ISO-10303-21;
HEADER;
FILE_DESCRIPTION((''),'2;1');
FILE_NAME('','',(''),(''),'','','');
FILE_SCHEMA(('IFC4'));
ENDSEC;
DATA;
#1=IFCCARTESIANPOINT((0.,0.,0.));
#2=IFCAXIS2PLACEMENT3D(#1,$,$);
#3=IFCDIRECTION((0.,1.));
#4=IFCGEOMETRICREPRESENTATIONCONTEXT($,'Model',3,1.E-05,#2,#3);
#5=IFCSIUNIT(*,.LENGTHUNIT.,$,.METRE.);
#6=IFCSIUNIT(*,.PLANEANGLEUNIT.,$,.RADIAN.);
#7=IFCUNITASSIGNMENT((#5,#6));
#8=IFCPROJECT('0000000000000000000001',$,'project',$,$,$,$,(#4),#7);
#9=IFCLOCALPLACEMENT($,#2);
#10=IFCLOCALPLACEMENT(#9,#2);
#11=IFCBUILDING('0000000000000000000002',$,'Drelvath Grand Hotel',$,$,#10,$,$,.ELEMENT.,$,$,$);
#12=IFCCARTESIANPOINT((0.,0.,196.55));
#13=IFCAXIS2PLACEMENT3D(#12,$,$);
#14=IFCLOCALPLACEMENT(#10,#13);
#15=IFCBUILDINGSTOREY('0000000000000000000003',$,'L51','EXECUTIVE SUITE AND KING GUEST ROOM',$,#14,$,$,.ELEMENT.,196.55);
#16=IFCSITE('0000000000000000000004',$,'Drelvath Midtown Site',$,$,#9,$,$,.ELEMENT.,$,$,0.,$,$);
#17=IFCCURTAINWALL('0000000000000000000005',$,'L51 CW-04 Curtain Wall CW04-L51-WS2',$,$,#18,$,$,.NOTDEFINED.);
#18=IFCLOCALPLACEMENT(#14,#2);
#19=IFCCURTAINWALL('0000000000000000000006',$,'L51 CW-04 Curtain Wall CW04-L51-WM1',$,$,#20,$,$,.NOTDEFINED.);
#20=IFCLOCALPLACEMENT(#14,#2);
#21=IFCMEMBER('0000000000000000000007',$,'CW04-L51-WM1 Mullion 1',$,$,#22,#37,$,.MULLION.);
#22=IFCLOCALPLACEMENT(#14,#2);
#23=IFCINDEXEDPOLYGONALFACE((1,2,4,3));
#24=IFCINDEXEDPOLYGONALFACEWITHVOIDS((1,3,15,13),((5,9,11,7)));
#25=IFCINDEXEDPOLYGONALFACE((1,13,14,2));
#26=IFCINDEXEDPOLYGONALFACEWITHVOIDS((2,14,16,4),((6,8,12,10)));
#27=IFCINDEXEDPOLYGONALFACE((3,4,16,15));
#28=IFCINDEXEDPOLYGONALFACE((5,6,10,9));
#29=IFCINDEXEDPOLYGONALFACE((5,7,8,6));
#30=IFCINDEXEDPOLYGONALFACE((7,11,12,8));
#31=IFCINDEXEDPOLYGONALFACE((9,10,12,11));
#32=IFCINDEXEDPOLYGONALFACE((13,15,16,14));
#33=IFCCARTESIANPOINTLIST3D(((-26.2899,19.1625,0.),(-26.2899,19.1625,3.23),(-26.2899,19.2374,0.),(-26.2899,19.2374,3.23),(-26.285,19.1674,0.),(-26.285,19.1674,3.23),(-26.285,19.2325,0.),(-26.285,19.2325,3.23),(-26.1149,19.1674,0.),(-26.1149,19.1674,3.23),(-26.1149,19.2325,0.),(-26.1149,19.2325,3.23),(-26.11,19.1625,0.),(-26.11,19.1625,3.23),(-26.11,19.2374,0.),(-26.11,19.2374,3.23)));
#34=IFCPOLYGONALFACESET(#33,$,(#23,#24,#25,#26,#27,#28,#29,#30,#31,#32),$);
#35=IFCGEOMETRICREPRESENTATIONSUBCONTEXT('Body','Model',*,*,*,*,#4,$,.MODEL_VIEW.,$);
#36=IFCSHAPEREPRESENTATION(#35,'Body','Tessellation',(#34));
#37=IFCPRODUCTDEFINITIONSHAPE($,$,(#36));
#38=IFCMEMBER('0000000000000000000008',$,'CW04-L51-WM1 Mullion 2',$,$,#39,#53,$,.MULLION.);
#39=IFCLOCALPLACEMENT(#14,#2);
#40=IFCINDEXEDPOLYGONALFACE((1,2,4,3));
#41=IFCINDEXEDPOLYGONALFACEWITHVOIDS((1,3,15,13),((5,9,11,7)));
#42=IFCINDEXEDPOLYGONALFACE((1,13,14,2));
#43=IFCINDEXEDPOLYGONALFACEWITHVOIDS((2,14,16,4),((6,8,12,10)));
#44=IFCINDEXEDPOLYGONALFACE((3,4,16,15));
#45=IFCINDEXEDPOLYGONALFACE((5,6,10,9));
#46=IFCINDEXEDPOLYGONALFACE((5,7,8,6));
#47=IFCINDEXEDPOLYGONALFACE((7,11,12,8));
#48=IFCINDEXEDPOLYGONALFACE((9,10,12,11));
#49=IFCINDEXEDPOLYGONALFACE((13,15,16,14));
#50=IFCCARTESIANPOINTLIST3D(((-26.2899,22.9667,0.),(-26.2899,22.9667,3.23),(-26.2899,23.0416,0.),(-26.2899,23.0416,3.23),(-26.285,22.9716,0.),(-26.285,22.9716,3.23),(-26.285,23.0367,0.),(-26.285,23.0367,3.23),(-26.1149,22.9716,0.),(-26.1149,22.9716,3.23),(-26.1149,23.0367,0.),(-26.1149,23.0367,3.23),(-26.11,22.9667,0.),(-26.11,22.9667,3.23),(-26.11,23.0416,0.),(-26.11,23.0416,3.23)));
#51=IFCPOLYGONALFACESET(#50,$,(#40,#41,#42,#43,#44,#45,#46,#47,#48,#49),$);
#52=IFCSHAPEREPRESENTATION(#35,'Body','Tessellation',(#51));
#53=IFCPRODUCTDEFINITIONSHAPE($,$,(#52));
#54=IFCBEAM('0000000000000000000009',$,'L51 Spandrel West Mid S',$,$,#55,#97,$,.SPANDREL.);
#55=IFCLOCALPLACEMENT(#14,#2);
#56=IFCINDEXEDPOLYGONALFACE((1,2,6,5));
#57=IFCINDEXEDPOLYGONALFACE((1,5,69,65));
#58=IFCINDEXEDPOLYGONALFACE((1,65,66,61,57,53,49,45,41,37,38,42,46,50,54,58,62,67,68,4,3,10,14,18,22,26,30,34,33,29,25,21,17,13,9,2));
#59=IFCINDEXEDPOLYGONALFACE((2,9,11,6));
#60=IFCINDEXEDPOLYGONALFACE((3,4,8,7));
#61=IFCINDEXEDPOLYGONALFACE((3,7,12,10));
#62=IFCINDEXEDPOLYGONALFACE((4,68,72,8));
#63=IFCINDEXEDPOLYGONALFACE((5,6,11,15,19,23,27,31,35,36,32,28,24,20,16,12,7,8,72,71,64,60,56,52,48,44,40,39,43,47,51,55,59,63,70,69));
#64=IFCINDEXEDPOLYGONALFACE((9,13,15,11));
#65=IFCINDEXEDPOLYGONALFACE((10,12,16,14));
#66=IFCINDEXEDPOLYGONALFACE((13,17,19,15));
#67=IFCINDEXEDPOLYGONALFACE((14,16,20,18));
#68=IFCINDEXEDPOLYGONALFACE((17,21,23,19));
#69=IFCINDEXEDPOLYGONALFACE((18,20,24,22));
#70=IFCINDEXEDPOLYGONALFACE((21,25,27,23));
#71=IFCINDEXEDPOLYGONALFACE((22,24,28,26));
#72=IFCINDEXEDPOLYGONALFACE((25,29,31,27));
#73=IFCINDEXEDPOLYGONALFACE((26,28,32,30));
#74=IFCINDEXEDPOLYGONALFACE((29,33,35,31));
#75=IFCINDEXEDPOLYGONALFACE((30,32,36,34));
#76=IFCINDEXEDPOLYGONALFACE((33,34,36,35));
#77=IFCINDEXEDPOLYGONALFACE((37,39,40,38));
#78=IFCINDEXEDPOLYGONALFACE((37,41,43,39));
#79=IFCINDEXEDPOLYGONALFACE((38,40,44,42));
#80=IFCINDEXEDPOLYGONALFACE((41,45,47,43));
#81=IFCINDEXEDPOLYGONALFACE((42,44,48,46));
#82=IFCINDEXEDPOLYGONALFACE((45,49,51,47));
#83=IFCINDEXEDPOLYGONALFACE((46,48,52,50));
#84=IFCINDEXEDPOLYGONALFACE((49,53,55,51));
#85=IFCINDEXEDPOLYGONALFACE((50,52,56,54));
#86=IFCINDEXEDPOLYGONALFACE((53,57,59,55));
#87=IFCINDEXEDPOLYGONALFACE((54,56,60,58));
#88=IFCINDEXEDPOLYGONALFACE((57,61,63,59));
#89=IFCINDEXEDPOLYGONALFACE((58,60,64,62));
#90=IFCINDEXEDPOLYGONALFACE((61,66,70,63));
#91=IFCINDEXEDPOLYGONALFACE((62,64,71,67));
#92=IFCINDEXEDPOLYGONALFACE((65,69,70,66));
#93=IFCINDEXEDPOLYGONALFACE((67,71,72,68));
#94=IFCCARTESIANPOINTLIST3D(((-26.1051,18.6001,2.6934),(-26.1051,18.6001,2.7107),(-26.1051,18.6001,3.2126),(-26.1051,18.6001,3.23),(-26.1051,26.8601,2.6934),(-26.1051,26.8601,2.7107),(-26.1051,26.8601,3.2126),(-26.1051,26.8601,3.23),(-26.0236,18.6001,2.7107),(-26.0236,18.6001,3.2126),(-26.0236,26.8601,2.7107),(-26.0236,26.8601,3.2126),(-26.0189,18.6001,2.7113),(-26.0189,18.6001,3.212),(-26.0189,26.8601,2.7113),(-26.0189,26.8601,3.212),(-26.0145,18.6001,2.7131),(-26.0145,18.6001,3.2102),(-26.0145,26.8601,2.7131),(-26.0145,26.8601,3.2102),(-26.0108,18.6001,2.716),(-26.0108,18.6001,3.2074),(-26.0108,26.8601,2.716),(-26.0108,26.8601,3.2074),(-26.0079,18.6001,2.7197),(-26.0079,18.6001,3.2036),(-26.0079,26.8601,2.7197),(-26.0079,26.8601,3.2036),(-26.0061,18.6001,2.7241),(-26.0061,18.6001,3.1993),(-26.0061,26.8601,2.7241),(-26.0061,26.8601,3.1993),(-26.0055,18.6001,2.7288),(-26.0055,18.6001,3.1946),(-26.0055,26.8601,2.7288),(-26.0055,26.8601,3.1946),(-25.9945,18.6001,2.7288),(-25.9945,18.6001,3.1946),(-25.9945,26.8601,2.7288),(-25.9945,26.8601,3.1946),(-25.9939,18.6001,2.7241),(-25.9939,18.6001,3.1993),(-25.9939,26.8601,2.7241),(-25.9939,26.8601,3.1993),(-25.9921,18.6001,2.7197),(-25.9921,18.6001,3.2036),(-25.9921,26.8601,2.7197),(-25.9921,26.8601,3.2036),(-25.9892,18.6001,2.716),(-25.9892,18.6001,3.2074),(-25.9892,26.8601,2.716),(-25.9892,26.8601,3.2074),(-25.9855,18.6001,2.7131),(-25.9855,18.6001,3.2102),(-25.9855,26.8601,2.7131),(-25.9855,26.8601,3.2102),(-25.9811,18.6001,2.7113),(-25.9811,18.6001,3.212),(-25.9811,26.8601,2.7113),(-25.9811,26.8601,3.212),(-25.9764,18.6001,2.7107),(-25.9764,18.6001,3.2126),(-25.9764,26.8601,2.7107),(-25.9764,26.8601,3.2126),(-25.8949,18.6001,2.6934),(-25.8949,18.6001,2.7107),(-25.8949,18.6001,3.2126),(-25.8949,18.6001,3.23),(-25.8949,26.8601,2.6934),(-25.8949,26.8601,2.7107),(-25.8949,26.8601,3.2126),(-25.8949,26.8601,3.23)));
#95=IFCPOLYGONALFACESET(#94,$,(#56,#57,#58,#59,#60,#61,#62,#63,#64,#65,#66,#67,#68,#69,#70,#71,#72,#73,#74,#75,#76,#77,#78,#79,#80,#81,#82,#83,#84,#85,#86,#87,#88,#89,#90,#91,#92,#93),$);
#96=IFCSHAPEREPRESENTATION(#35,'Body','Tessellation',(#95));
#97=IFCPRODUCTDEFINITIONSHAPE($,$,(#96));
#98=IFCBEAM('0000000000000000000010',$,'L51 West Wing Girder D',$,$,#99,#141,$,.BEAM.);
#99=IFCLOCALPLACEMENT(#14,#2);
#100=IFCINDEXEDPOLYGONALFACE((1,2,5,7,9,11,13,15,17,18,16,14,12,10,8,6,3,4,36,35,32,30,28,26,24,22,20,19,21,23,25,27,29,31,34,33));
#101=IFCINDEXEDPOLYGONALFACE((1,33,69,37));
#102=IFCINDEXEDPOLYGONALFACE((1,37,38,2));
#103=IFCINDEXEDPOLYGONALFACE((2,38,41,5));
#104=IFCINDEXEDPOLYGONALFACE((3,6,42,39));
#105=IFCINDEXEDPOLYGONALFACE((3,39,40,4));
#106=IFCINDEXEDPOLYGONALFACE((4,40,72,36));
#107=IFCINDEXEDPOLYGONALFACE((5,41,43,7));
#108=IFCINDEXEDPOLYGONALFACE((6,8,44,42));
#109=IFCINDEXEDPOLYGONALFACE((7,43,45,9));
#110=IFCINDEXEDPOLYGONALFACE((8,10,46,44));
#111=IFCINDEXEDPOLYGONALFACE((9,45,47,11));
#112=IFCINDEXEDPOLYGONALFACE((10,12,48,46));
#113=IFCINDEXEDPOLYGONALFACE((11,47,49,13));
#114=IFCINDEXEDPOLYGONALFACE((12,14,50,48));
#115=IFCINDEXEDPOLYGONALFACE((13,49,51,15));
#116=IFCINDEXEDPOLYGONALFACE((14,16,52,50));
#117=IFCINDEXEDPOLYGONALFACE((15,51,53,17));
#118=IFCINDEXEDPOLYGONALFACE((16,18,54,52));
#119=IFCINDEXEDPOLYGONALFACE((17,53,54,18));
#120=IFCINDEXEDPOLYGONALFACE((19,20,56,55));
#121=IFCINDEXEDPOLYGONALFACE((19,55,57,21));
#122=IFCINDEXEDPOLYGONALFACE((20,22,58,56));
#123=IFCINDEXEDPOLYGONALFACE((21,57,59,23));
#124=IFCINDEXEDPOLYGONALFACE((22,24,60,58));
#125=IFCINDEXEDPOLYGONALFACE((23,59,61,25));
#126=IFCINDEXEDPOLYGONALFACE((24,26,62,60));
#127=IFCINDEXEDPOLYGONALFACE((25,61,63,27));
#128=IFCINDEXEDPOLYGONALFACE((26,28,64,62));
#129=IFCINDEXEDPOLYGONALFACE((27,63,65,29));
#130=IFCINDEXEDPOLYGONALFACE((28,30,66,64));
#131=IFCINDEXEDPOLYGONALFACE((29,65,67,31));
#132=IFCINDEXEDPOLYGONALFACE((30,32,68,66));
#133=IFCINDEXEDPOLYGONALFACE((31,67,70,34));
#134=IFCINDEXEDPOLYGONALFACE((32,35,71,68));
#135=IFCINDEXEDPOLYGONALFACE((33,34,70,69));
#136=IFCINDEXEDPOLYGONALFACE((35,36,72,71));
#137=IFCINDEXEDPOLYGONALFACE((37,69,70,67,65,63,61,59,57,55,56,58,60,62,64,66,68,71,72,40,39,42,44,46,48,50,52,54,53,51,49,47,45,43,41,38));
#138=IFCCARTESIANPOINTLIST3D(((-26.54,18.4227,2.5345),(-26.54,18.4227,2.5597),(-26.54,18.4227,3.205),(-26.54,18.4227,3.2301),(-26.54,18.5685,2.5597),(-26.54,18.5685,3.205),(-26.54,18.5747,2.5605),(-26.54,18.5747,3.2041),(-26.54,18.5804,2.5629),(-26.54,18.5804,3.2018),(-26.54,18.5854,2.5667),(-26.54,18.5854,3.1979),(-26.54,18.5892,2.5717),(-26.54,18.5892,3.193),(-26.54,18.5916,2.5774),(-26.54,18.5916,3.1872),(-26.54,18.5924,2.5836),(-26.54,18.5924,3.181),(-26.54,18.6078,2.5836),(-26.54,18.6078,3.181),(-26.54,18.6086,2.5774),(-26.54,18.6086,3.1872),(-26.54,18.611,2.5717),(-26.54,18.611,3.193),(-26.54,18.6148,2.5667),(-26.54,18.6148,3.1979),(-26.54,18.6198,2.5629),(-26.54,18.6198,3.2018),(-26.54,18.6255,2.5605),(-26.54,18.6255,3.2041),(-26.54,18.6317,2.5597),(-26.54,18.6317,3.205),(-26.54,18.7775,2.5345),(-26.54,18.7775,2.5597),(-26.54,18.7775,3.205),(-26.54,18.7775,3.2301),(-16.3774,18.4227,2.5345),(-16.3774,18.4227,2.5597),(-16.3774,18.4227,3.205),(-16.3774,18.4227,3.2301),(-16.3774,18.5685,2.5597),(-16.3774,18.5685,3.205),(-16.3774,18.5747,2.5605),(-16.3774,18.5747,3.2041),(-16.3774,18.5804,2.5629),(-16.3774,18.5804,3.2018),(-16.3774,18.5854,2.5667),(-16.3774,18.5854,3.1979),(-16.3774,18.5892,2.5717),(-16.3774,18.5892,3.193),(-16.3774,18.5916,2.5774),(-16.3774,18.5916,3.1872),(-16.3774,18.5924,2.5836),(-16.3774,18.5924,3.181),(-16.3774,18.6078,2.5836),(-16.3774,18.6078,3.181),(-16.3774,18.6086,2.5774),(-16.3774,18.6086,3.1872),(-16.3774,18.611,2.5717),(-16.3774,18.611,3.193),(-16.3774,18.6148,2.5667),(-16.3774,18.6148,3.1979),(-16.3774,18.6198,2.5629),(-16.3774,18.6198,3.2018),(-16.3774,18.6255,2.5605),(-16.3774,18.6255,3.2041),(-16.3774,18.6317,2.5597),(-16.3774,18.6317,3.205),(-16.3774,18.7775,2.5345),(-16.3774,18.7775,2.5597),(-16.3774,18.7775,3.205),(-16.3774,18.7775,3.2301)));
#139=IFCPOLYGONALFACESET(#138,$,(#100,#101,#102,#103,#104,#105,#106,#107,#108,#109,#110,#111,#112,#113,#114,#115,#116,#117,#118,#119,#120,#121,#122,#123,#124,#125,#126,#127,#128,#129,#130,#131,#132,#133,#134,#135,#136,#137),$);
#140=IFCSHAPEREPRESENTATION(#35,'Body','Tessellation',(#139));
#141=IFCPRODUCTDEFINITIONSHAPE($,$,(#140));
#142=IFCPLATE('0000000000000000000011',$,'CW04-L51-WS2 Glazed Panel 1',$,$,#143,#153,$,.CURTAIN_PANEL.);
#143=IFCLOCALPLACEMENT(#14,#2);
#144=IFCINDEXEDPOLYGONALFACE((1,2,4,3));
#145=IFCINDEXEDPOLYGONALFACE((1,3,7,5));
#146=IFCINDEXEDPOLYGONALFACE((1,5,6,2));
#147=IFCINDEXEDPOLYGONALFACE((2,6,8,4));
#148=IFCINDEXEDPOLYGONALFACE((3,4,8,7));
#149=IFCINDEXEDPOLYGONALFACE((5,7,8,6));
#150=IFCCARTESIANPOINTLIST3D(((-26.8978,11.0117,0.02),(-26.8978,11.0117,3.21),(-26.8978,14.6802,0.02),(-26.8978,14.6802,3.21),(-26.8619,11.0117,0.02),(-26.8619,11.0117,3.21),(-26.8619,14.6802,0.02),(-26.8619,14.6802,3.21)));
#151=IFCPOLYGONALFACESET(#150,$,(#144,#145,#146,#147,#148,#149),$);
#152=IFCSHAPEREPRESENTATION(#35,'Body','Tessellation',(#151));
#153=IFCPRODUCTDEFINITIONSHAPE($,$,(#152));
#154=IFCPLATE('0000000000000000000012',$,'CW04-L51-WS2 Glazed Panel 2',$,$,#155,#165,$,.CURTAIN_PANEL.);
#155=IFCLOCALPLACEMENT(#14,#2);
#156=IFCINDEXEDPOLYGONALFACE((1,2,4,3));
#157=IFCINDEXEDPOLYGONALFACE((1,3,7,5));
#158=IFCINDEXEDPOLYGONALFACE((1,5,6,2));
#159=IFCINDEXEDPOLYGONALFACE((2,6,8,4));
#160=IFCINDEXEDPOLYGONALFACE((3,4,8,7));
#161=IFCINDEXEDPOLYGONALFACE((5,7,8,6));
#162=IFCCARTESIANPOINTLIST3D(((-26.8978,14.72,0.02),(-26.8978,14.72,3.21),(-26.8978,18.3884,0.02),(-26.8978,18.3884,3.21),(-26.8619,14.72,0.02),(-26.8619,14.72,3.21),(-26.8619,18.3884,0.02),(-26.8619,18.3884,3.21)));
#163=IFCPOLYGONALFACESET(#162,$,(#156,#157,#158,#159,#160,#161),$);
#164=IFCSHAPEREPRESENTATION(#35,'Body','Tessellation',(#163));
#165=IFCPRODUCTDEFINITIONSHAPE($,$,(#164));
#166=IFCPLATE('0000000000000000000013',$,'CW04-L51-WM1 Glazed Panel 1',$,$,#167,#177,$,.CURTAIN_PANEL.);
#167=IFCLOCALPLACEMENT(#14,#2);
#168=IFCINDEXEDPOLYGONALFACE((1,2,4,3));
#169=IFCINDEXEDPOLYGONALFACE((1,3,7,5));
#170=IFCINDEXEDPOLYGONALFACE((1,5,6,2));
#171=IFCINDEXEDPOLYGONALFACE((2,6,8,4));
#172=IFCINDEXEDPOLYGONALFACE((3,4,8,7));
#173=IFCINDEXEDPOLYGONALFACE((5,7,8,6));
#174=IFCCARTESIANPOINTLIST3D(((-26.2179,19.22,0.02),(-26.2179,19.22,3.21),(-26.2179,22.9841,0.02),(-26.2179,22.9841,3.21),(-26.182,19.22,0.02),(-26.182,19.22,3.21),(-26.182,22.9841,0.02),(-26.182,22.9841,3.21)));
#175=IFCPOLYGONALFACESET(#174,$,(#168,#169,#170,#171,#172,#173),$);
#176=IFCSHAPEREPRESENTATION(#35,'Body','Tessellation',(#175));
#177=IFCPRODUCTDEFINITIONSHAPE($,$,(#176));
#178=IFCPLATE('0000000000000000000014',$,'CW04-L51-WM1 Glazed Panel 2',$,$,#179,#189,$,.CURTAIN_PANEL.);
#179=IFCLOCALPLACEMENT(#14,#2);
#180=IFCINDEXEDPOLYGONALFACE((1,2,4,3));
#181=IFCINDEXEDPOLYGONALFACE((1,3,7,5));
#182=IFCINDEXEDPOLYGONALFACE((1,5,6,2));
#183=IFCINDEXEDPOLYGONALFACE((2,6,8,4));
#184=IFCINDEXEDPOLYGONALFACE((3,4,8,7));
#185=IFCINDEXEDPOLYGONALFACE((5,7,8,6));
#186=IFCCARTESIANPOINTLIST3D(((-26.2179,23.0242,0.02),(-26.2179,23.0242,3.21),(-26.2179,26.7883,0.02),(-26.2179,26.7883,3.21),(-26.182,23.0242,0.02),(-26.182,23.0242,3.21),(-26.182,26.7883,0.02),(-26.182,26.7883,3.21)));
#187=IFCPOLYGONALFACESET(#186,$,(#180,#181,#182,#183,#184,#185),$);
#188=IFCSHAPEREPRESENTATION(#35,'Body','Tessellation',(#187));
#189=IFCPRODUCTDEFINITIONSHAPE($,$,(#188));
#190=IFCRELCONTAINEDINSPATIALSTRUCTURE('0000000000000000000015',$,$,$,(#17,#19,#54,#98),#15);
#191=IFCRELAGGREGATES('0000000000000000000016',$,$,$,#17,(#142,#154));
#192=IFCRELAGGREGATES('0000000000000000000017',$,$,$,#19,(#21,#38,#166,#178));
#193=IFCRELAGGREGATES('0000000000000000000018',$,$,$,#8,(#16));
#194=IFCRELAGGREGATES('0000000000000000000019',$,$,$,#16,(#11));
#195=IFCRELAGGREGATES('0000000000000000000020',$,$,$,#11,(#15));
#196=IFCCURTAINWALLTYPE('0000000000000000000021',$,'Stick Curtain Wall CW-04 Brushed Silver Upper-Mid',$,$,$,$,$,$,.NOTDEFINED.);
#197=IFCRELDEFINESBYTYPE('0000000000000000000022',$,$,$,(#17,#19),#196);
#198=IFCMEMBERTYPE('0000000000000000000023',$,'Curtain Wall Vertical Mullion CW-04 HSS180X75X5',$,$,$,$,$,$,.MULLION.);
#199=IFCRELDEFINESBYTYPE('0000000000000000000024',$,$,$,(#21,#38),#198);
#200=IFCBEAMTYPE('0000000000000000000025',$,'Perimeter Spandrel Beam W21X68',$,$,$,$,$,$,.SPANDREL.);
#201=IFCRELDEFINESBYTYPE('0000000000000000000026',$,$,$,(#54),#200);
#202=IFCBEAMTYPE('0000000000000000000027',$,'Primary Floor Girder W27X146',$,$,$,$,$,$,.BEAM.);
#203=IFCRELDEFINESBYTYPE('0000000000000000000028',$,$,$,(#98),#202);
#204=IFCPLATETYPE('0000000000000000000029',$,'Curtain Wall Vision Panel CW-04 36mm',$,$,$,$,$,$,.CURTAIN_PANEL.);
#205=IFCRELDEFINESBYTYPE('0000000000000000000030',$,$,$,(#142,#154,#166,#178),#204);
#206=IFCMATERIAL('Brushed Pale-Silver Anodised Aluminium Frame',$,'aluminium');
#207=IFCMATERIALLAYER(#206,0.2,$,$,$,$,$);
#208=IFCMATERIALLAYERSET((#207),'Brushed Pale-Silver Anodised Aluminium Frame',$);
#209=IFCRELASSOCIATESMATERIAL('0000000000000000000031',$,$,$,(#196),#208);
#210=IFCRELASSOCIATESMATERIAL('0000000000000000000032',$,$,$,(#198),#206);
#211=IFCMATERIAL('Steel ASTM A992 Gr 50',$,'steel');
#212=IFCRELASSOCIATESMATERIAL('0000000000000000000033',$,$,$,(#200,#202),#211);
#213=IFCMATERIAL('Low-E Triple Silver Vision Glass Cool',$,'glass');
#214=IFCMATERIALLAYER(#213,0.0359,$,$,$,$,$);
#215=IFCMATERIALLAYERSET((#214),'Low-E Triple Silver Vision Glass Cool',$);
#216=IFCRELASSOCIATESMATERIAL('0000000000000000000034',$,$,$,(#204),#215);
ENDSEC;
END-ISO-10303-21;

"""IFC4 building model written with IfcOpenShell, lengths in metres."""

from ifc_helpers import new_model, si_unit, direction, frame, origin, origin_2d, place, context, subcontext, project, spatial, rectangle, hollow_rectangle, i_section, extrude, material, layer, layer_set, material_profile, profile_set, type_object, element, aggregate, save


model = new_model("IFC4")

# Units and contexts
model_context = context("Model", 3, precision=1e-05, world=origin(), true_north=direction((0.0, 1.0)))
body_context = subcontext(model_context, "Body", "Model", "MODEL_VIEW")
ifc_project = project(units=[si_unit("LENGTHUNIT", "METRE"), si_unit("PLANEANGLEUNIT", "RADIAN")], contexts=[model_context])

# Site, building, storey
site_placement = place(None, origin())
site = spatial("IfcSite", under=ifc_project, at=site_placement, Name="Drelvath Midtown Site", CompositionType="ELEMENT", RefElevation=0.0)
building_placement = place(site_placement, origin())
building = spatial("IfcBuilding", under=site, at=building_placement, Name="Drelvath Grand Hotel", CompositionType="ELEMENT")
storey_placement = place(building_placement, frame((0.0, 0.0, 196.55)))
storey = spatial("IfcBuildingStorey", under=building, at=storey_placement, Name="L51", Description="EXECUTIVE SUITE AND KING GUEST ROOM", CompositionType="ELEMENT", Elevation=196.55)

# Shared definitions
ifc_material_1 = material(Name="Steel ASTM A992 Gr 50", Category="steel")

# Curtain walls
ifc_material_2 = material(Name="Brushed Pale-Silver Anodised Aluminium Frame", Category="aluminium")
ifc_layer_1 = layer(ifc_material_2, 0.2)
ifc_layer_set_1 = layer_set([ifc_layer_1], Name="Brushed Pale-Silver Anodised Aluminium Frame")
curtain_wall_type = type_object("IfcCurtainWallType", Name="Stick Curtain Wall CW-04 Brushed Silver Upper-Mid", PredefinedType="NOTDEFINED", material=ifc_layer_set_1)
curtain_wall_1_placement = place(storey_placement, origin())
curtain_wall_1 = element("IfcCurtainWall", 1, at=curtain_wall_1_placement, inside=storey, type_object=curtain_wall_type, Name="L51 CW-04 Curtain Wall CW04-L51-WS2", PredefinedType="NOTDEFINED")
curtain_wall_2_placement = place(storey_placement, origin())
curtain_wall_2 = element("IfcCurtainWall", 2, at=curtain_wall_2_placement, inside=storey, type_object=curtain_wall_type, Name="L51 CW-04 Curtain Wall CW04-L51-WM1", PredefinedType="NOTDEFINED")

# Members
ifc_material_profile_1 = material_profile(ifc_material_2, hollow_rectangle(XDim=0.075, YDim=0.1799, WallThickness=0.0049, at=origin_2d()), Name="HSS180X75X5")
ifc_profile_set_1 = profile_set([ifc_material_profile_1], Name="Brushed Pale-Silver Anodised Aluminium Frame")
member_type_1 = type_object("IfcMemberType", Name="Curtain Wall Vertical Mullion CW-04 HSS180X75X5", PredefinedType="MULLION", material=ifc_profile_set_1)
member_1_placement = place(storey_placement, frame((-26.2, 19.2, 0.0), z_axis=(0.0, 0.0, 1.0), x_axis=(0.0, 1.0, 0.0)))
member_1 = element("IfcMember", 3, at=member_1_placement, type_object=member_type_1, Name="CW04-L51-WM1 Mullion 1", PredefinedType="MULLION", context=body_context, shape_type="SweptSolid", body=[
    extrude(hollow_rectangle(XDim=0.075, YDim=0.1799, WallThickness=0.0049, at=origin_2d()), origin(), (0.0, 0.0, 1.0), 3.23),
])
member_2_placement = place(storey_placement, frame((-26.2, 23.0042, 0.0), z_axis=(0.0, 0.0, 1.0), x_axis=(0.0, 1.0, 0.0)))
member_2 = element("IfcMember", 4, at=member_2_placement, type_object=member_type_1, Name="CW04-L51-WM1 Mullion 2", PredefinedType="MULLION", context=body_context, shape_type="SweptSolid", body=[
    extrude(hollow_rectangle(XDim=0.075, YDim=0.1799, WallThickness=0.0049, at=origin_2d()), origin(), (0.0, 0.0, 1.0), 3.23),
])

# Beams
ifc_material_profile_2 = material_profile(ifc_material_1, i_section(OverallWidth=0.2102, OverallDepth=0.5366, WebThickness=0.011, FlangeThickness=0.0173, FilletRadius=0.0181, at=origin_2d()), Name="W21X68")
ifc_profile_set_2 = profile_set([ifc_material_profile_2], Name="Steel ASTM A992 Gr 50")
beam_type_1 = type_object("IfcBeamType", Name="Perimeter Spandrel Beam W21X68", PredefinedType="SPANDREL", material=ifc_profile_set_2)
beam_1_placement = place(storey_placement, frame((-26.0, 18.6001, 2.9617), z_axis=(0.0, 1.0, 0.0), x_axis=(-1.0, 0.0, 0.0)))
element("IfcBeam", 5, at=beam_1_placement, inside=storey, type_object=beam_type_1, Name="L51 Spandrel West Mid S", PredefinedType="SPANDREL", context=body_context, shape_type="SweptSolid", body=[
    extrude(i_section(OverallWidth=0.2102, OverallDepth=0.5366, WebThickness=0.011, FlangeThickness=0.0173, FilletRadius=0.0181, at=origin_2d()), origin(), (0.0, 0.0, 1.0), 8.26),
])
ifc_material_profile_3 = material_profile(ifc_material_1, i_section(OverallWidth=0.3547, OverallDepth=0.6956, WebThickness=0.0154, FlangeThickness=0.0251, FilletRadius=0.0239, at=origin_2d()), Name="W27X146")
ifc_profile_set_3 = profile_set([ifc_material_profile_3], Name="Steel ASTM A992 Gr 50")
beam_type_2 = type_object("IfcBeamType", Name="Primary Floor Girder W27X146", PredefinedType="BEAM", material=ifc_profile_set_3)
beam_2_placement = place(storey_placement, frame((-26.54, 18.6001, 2.8823), z_axis=(1.0, 0.0, 0.0), x_axis=(0.0, 1.0, 0.0)))
element("IfcBeam", 6, at=beam_2_placement, inside=storey, type_object=beam_type_2, Name="L51 West Wing Girder D", PredefinedType="BEAM", context=body_context, shape_type="SweptSolid", body=[
    extrude(i_section(OverallWidth=0.3547, OverallDepth=0.6956, WebThickness=0.0154, FlangeThickness=0.0251, FilletRadius=0.0239, at=origin_2d()), origin(), (0.0, 0.0, 1.0), 10.1626),
])

# Plates
ifc_material_3 = material(Name="Low-E Triple Silver Vision Glass Cool", Category="glass")
ifc_layer_2 = layer(ifc_material_3, 0.0359)
ifc_layer_set_2 = layer_set([ifc_layer_2], Name="Low-E Triple Silver Vision Glass Cool")
plate_type = type_object("IfcPlateType", Name="Curtain Wall Vision Panel CW-04 36mm", PredefinedType="CURTAIN_PANEL", material=ifc_layer_set_2)
plate_1_placement = place(storey_placement, frame((-26.8799, 12.8459, 0.02), z_axis=(0.0, 0.0, 1.0), x_axis=(0.0, 1.0, 0.0)))
plate_1 = element("IfcPlate", 7, at=plate_1_placement, type_object=plate_type, Name="CW04-L51-WS2 Glazed Panel 1", PredefinedType="CURTAIN_PANEL", context=body_context, shape_type="SweptSolid", body=[
    extrude(rectangle(XDim=3.6685, YDim=0.0359, at=origin_2d()), origin(), (0.0, 0.0, 1.0), 3.1899),
])
plate_2_placement = place(storey_placement, frame((-26.8799, 16.5542, 0.02), z_axis=(0.0, 0.0, 1.0), x_axis=(0.0, 1.0, 0.0)))
plate_2 = element("IfcPlate", 8, at=plate_2_placement, type_object=plate_type, Name="CW04-L51-WS2 Glazed Panel 2", PredefinedType="CURTAIN_PANEL", context=body_context, shape_type="SweptSolid", body=[
    extrude(rectangle(XDim=3.6685, YDim=0.0359, at=origin_2d()), origin(), (0.0, 0.0, 1.0), 3.1899),
])
aggregate(curtain_wall_1, [plate_1, plate_2])
plate_3_placement = place(storey_placement, frame((-26.2, 21.1021, 0.02), z_axis=(0.0, 0.0, 1.0), x_axis=(0.0, 1.0, 0.0)))
plate_3 = element("IfcPlate", 9, at=plate_3_placement, type_object=plate_type, Name="CW04-L51-WM1 Glazed Panel 1", PredefinedType="CURTAIN_PANEL", context=body_context, shape_type="SweptSolid", body=[
    extrude(rectangle(XDim=3.7642, YDim=0.0359, at=origin_2d()), origin(), (0.0, 0.0, 1.0), 3.1899),
])
plate_4_placement = place(storey_placement, frame((-26.2, 24.9062, 0.02), z_axis=(0.0, 0.0, 1.0), x_axis=(0.0, 1.0, 0.0)))
plate_4 = element("IfcPlate", 10, at=plate_4_placement, type_object=plate_type, Name="CW04-L51-WM1 Glazed Panel 2", PredefinedType="CURTAIN_PANEL", context=body_context, shape_type="SweptSolid", body=[
    extrude(rectangle(XDim=3.7642, YDim=0.0359, at=origin_2d()), origin(), (0.0, 0.0, 1.0), 3.1899),
])
aggregate(curtain_wall_2, [member_1, member_2, plate_3, plate_4])

save(model, "model.ifc")
